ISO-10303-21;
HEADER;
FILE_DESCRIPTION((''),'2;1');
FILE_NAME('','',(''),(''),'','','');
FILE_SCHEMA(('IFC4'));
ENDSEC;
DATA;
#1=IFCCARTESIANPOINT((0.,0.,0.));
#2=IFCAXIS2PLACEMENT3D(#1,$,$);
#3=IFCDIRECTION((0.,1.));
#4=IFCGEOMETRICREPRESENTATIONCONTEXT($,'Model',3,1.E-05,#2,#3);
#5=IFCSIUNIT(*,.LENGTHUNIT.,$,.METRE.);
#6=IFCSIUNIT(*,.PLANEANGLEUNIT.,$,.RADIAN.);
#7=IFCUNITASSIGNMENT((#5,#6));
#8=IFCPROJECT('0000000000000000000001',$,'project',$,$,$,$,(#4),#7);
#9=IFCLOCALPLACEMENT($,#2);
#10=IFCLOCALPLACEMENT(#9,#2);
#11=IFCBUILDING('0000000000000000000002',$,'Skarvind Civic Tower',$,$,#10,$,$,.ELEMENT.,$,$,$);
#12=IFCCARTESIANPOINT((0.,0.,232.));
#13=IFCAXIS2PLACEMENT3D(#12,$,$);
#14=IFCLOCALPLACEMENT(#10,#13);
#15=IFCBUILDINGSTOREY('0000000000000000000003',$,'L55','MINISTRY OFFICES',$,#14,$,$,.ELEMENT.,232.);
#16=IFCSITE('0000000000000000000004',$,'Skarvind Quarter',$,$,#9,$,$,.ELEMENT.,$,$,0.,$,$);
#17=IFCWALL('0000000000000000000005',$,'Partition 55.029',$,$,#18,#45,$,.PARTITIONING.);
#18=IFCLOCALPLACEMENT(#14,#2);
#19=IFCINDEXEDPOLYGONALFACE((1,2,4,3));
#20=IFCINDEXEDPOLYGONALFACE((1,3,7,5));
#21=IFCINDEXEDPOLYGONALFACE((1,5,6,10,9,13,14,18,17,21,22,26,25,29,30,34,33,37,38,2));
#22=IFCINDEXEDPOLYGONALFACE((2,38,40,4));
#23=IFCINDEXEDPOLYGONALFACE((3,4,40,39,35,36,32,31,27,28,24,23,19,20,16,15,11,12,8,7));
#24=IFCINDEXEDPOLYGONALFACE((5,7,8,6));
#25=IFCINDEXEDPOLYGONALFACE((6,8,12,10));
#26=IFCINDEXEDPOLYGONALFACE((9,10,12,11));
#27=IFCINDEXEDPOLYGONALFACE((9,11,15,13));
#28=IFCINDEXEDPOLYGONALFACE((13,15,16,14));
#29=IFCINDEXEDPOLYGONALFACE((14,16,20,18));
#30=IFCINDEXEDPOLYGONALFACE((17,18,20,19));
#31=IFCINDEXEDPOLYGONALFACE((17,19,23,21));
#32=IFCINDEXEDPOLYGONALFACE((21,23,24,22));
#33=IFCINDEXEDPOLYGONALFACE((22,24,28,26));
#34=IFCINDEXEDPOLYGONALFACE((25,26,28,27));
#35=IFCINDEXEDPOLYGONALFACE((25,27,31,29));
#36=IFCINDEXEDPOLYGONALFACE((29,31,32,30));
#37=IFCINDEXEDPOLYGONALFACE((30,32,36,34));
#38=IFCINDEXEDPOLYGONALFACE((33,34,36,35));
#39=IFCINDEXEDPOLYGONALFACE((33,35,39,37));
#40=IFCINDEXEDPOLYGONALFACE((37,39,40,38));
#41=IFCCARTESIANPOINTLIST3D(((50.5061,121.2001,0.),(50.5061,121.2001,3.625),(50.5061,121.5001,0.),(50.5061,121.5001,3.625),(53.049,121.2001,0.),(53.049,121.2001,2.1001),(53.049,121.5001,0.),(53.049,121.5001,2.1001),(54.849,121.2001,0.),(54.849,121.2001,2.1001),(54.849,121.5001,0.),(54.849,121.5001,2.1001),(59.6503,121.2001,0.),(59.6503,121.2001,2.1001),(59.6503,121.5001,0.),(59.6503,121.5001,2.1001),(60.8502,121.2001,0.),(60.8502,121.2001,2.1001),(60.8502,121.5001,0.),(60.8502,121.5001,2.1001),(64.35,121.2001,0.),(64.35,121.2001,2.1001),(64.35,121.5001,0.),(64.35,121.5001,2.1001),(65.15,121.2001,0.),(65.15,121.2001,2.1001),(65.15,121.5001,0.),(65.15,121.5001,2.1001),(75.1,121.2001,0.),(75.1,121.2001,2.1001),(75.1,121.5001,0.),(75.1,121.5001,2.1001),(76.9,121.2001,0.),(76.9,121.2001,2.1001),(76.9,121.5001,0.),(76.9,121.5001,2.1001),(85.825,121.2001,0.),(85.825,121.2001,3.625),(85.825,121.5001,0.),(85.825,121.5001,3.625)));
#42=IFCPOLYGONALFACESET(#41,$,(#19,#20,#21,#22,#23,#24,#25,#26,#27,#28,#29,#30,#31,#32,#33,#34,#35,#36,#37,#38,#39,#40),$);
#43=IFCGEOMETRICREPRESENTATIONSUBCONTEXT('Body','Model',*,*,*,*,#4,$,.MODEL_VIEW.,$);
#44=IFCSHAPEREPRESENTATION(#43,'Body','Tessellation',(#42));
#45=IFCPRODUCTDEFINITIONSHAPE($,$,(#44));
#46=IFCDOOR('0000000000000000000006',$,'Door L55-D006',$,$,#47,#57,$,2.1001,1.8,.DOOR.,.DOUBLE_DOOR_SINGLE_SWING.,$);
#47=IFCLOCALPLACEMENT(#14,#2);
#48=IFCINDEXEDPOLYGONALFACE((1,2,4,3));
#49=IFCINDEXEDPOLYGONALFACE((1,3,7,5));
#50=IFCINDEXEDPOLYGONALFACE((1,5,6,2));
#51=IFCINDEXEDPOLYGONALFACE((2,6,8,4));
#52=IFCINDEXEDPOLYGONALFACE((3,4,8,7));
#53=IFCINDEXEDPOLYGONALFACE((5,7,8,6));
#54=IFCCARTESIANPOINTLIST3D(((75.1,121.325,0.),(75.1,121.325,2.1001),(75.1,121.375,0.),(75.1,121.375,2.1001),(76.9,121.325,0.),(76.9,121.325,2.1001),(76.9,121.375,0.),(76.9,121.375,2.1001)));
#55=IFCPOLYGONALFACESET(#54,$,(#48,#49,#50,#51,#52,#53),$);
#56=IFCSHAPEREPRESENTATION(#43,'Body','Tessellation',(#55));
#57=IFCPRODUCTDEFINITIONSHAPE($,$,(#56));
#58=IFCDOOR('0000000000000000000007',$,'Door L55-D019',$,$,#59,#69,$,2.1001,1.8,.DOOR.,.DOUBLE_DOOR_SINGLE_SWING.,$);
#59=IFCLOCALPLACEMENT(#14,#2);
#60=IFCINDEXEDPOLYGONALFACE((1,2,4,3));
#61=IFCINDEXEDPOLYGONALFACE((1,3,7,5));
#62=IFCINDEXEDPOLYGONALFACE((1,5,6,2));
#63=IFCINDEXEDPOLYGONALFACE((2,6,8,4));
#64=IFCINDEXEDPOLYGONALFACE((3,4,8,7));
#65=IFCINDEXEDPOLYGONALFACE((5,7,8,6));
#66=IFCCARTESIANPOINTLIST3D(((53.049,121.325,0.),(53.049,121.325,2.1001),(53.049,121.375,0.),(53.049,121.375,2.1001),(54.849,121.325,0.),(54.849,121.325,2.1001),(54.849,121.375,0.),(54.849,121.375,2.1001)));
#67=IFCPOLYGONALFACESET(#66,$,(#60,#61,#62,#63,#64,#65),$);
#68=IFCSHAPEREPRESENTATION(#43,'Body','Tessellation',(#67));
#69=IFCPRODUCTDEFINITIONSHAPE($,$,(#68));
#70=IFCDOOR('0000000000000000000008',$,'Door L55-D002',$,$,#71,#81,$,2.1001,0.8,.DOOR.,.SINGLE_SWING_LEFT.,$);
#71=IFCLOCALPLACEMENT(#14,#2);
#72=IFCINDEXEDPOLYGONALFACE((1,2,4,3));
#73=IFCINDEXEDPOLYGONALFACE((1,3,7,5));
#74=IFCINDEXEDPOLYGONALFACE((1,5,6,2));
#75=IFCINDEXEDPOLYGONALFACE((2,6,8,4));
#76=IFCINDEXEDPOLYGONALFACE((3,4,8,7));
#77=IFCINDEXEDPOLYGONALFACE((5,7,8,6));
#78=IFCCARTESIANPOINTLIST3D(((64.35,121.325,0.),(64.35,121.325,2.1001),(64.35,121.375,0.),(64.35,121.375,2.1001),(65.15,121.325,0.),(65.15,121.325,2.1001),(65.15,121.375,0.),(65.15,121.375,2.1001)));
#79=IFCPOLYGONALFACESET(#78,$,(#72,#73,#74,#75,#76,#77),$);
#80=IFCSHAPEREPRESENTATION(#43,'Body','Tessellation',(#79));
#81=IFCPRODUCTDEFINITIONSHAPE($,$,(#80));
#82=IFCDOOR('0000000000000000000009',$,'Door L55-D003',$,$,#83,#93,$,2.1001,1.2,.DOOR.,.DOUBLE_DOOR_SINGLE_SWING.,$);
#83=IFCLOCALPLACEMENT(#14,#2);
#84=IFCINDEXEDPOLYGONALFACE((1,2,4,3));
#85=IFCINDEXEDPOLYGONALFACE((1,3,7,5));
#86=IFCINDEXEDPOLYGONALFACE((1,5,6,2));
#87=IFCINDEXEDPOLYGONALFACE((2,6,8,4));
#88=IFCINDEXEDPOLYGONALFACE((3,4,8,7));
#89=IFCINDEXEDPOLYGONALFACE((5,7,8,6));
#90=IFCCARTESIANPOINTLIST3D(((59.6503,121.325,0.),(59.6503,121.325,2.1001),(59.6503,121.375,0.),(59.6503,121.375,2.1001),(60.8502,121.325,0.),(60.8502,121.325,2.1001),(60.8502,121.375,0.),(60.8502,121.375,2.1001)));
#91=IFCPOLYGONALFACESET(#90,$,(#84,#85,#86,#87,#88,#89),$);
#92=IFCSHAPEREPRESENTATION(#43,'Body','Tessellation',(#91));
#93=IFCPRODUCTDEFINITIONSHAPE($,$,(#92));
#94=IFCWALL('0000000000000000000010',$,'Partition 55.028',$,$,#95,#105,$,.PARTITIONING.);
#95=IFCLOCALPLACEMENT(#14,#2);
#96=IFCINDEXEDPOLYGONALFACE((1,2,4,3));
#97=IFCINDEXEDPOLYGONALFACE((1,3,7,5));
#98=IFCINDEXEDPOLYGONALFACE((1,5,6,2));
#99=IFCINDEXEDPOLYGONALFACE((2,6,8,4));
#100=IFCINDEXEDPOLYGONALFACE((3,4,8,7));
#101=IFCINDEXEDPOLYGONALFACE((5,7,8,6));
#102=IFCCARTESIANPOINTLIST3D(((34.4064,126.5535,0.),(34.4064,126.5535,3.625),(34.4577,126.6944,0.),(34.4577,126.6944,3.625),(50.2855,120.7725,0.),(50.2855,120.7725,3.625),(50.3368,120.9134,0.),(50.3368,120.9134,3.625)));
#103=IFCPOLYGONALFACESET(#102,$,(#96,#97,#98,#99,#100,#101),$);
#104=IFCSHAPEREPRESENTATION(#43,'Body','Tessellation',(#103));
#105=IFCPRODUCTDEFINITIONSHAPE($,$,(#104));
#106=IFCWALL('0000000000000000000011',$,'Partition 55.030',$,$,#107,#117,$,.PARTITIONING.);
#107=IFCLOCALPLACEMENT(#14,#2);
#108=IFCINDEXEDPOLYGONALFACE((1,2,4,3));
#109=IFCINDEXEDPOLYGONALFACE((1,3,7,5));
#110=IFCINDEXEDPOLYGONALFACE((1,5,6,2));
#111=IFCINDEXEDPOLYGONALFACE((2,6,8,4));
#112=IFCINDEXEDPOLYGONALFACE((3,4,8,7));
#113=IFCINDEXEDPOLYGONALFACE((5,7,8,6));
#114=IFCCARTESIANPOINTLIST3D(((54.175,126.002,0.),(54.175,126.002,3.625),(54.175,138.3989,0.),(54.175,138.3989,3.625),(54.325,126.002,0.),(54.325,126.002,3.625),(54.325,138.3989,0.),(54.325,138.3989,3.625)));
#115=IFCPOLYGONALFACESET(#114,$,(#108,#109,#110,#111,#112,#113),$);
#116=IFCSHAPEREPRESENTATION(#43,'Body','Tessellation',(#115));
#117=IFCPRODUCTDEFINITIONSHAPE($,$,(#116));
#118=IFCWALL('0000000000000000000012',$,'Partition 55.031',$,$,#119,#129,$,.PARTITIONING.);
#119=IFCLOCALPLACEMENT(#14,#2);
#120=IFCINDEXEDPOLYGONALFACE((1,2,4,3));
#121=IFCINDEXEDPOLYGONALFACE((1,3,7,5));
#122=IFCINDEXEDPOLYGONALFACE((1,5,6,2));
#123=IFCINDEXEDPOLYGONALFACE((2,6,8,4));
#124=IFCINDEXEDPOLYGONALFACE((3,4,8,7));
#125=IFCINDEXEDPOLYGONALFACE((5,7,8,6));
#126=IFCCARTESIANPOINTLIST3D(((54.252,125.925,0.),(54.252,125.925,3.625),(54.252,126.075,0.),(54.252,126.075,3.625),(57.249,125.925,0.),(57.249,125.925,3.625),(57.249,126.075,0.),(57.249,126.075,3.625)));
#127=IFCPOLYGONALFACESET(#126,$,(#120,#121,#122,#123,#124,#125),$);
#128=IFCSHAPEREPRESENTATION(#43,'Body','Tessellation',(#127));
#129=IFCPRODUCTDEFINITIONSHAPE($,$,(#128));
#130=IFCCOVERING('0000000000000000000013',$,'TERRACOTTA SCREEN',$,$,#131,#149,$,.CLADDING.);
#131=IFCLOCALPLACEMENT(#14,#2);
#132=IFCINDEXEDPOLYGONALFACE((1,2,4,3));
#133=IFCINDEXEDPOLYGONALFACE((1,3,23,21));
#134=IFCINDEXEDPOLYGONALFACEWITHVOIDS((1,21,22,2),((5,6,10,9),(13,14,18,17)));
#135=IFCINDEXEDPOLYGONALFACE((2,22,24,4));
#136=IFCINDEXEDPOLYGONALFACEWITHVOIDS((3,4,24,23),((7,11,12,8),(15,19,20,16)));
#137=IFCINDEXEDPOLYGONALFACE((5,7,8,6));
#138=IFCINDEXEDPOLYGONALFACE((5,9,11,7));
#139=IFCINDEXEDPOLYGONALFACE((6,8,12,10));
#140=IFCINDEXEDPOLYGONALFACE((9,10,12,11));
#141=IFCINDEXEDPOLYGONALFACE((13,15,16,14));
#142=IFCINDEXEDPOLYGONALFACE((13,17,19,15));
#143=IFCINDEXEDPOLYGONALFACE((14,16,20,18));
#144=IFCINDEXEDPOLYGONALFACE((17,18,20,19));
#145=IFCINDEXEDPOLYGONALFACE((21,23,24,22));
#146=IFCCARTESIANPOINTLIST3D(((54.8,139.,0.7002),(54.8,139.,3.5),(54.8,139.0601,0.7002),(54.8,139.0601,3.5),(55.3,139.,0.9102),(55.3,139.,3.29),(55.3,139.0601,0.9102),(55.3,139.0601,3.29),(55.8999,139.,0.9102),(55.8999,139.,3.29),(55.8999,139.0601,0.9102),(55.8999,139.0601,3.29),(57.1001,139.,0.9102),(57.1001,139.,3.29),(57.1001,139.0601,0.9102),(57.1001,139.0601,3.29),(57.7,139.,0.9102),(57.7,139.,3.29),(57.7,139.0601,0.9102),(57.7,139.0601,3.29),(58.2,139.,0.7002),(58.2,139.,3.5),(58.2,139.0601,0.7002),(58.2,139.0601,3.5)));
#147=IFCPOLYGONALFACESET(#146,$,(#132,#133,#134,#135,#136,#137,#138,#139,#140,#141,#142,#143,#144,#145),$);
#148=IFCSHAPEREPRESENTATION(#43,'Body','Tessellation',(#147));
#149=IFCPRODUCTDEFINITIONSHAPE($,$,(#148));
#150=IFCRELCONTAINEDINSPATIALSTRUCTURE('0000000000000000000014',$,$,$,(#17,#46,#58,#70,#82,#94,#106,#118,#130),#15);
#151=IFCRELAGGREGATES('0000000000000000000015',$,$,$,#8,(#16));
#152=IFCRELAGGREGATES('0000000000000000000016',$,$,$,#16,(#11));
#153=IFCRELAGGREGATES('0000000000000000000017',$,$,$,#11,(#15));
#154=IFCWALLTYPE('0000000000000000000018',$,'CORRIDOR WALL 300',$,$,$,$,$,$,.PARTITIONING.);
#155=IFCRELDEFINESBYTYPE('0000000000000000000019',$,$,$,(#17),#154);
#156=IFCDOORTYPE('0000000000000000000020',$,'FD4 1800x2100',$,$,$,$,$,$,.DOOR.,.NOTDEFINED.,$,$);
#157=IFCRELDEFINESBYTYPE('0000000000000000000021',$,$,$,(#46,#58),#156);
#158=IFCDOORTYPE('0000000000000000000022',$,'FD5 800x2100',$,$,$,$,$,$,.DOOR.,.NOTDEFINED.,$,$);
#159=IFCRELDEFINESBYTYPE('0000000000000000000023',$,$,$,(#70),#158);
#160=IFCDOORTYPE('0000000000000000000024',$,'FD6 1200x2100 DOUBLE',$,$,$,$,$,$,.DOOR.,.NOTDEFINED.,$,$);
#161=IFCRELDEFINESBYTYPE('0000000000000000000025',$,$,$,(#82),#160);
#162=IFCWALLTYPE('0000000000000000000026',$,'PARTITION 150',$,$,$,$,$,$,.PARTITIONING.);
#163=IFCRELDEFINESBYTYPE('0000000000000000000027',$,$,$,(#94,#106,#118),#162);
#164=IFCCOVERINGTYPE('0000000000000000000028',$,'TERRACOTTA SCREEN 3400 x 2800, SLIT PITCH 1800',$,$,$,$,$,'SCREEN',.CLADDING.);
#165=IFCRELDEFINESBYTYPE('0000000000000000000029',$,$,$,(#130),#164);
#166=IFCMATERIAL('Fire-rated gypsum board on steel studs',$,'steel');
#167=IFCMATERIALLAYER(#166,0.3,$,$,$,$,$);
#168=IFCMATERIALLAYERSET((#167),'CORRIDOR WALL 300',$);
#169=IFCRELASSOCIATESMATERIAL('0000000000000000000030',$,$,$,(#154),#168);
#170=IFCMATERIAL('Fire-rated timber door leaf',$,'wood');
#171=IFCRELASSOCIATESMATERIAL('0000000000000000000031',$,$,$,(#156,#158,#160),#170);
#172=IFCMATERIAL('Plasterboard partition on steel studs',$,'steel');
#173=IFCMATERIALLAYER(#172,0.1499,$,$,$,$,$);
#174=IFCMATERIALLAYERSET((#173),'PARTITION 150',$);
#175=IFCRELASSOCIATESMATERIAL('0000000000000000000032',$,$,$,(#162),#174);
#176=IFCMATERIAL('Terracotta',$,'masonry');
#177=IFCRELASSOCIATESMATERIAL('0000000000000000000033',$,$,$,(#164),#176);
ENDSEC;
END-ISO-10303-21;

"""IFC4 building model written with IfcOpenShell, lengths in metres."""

from ifc_helpers import new_model, si_unit, direction, frame, frame_2d, origin, place, context, subcontext, project, spatial, polyline, rectangle, outline, extrude, material, layer, layer_set, material_profile, profile_set, type_object, element, fill, save


model = new_model("IFC4")

# Units and contexts
model_context = context("Model", 3, precision=1e-05, world=origin(), true_north=direction((0.0, 1.0)))
body_context = subcontext(model_context, "Body", "Model", "MODEL_VIEW")
ifc_project = project(units=[si_unit("LENGTHUNIT", "METRE"), si_unit("PLANEANGLEUNIT", "RADIAN")], contexts=[model_context])

# Site, building, storey
site_placement = place(None, origin())
site = spatial("IfcSite", under=ifc_project, at=site_placement, Name="Skarvind Quarter", CompositionType="ELEMENT", RefElevation=0.0)
building_placement = place(site_placement, origin())
building = spatial("IfcBuilding", under=site, at=building_placement, Name="Skarvind Civic Tower", CompositionType="ELEMENT")
storey_placement = place(building_placement, frame((0.0, 0.0, 232.0)))
storey = spatial("IfcBuildingStorey", under=building, at=storey_placement, Name="L55", Description="MINISTRY OFFICES", CompositionType="ELEMENT", Elevation=232.0)

# Wall, openings, doors
ifc_material_1 = material(Name="Fire-rated gypsum board on steel studs", Category="steel")
ifc_layer_1 = layer(ifc_material_1, 0.3)
ifc_layer_set_1 = layer_set([ifc_layer_1], Name="CORRIDOR WALL 300")
wall_type_1 = type_object("IfcWallType", Name="CORRIDOR WALL 300", PredefinedType="PARTITIONING", material=ifc_layer_set_1)
wall_1_placement = place(storey_placement, frame((50.5061, 121.3501, 0.0), z_axis=(0.0, 0.0, 1.0), x_axis=(1.0, 0.0, 0.0)))
wall_1 = element("IfcWall", 1, at=wall_1_placement, inside=storey, type_object=wall_type_1, Name="Partition 55.029", PredefinedType="PARTITIONING", context=body_context, shape_type="SweptSolid", body=[
    extrude(rectangle(XDim=35.3188, YDim=0.3, at=frame_2d((17.6594, 0.0))), origin(), (0.0, 0.0, 1.0), 3.625),
])
opening_1_placement = place(wall_1_placement, frame((13.844, 0.0, 0.0)))
opening_1 = element("IfcOpeningElement", 2, at=opening_1_placement, cuts=wall_1, PredefinedType="OPENING", context=body_context, shape_type="SweptSolid", body=[
    extrude(rectangle(XDim=0.8, YDim=2.1001, at=frame_2d((0.3999, 1.05))), frame((0.0, 0.1599, 0.0), z_axis=(0.0, -1.0, 0.0), x_axis=(1.0, 0.0, 0.0)), (0.0, 0.0, 1.0), 0.3201),
])
opening_2_placement = place(wall_1_placement, frame((9.144, 0.0, 0.0)))
opening_2 = element("IfcOpeningElement", 3, at=opening_2_placement, cuts=wall_1, PredefinedType="OPENING", context=body_context, shape_type="SweptSolid", body=[
    extrude(rectangle(XDim=1.2, YDim=2.1001, at=frame_2d((0.6001, 1.05))), frame((0.0, 0.1599, 0.0), z_axis=(0.0, -1.0, 0.0), x_axis=(1.0, 0.0, 0.0)), (0.0, 0.0, 1.0), 0.3201),
])
opening_3_placement = place(wall_1_placement, frame((24.594, 0.0, 0.0)))
opening_3 = element("IfcOpeningElement", 4, at=opening_3_placement, cuts=wall_1, PredefinedType="OPENING", context=body_context, shape_type="SweptSolid", body=[
    extrude(rectangle(XDim=1.8, YDim=2.1001, at=frame_2d((0.8999, 1.05))), frame((0.0, 0.1599, 0.0), z_axis=(0.0, -1.0, 0.0), x_axis=(1.0, 0.0, 0.0)), (0.0, 0.0, 1.0), 0.3201),
])
opening_4_placement = place(wall_1_placement, frame((2.543, 0.0, 0.0)))
opening_4 = element("IfcOpeningElement", 5, at=opening_4_placement, cuts=wall_1, PredefinedType="OPENING", context=body_context, shape_type="SweptSolid", body=[
    extrude(rectangle(XDim=1.8, YDim=2.1001, at=frame_2d((0.8999, 1.05))), frame((0.0, 0.1599, 0.0), z_axis=(0.0, -1.0, 0.0), x_axis=(1.0, 0.0, 0.0)), (0.0, 0.0, 1.0), 0.3201),
])
ifc_material_2 = material(Name="Fire-rated timber door leaf", Category="wood")
door_type_1 = type_object("IfcDoorType", Name="FD4 1800x2100", OperationType="NOTDEFINED", PredefinedType="DOOR", material=ifc_material_2)
door_1_placement = place(opening_3_placement, origin())
door_1 = element("IfcDoor", 6, at=door_1_placement, inside=storey, type_object=door_type_1, Name="Door L55-D006", OperationType="DOUBLE_DOOR_SINGLE_SWING", OverallHeight=2.1001, OverallWidth=1.8, PredefinedType="DOOR", context=body_context, shape_type="SweptSolid", body=[
    extrude(rectangle(XDim=1.8, YDim=2.1001, at=frame_2d((0.8999, 1.05))), frame((0.0, 0.0249, 0.0), z_axis=(0.0, -1.0, 0.0), x_axis=(1.0, 0.0, 0.0)), (0.0, 0.0, 1.0), 0.05),
])
fill(opening_3, door_1)
door_2_placement = place(opening_4_placement, origin())
door_2 = element("IfcDoor", 7, at=door_2_placement, inside=storey, type_object=door_type_1, Name="Door L55-D019", OperationType="DOUBLE_DOOR_SINGLE_SWING", OverallHeight=2.1001, OverallWidth=1.8, PredefinedType="DOOR", context=body_context, shape_type="SweptSolid", body=[
    extrude(rectangle(XDim=1.8, YDim=2.1001, at=frame_2d((0.8999, 1.05))), frame((0.0, 0.0249, 0.0), z_axis=(0.0, -1.0, 0.0), x_axis=(1.0, 0.0, 0.0)), (0.0, 0.0, 1.0), 0.05),
])
fill(opening_4, door_2)
door_type_2 = type_object("IfcDoorType", Name="FD5 800x2100", OperationType="NOTDEFINED", PredefinedType="DOOR", material=ifc_material_2)
door_3_placement = place(opening_1_placement, origin())
door_3 = element("IfcDoor", 8, at=door_3_placement, inside=storey, type_object=door_type_2, Name="Door L55-D002", OperationType="SINGLE_SWING_LEFT", OverallHeight=2.1001, OverallWidth=0.8, PredefinedType="DOOR", context=body_context, shape_type="SweptSolid", body=[
    extrude(rectangle(XDim=0.8, YDim=2.1001, at=frame_2d((0.3999, 1.05))), frame((0.0, 0.0249, 0.0), z_axis=(0.0, -1.0, 0.0), x_axis=(1.0, 0.0, 0.0)), (0.0, 0.0, 1.0), 0.05),
])
fill(opening_1, door_3)
door_type_3 = type_object("IfcDoorType", Name="FD6 1200x2100 DOUBLE", OperationType="NOTDEFINED", PredefinedType="DOOR", material=ifc_material_2)
door_4_placement = place(opening_2_placement, origin())
door_4 = element("IfcDoor", 9, at=door_4_placement, inside=storey, type_object=door_type_3, Name="Door L55-D003", OperationType="DOUBLE_DOOR_SINGLE_SWING", OverallHeight=2.1001, OverallWidth=1.2, PredefinedType="DOOR", context=body_context, shape_type="SweptSolid", body=[
    extrude(rectangle(XDim=1.2, YDim=2.1001, at=frame_2d((0.6001, 1.05))), frame((0.0, 0.0249, 0.0), z_axis=(0.0, -1.0, 0.0), x_axis=(1.0, 0.0, 0.0)), (0.0, 0.0, 1.0), 0.05),
])
fill(opening_2, door_4)

# Walls
ifc_material_3 = material(Name="Plasterboard partition on steel studs", Category="steel")
ifc_layer_2 = layer(ifc_material_3, 0.1499)
ifc_layer_set_2 = layer_set([ifc_layer_2], Name="PARTITION 150")
wall_type_2 = type_object("IfcWallType", Name="PARTITION 150", PredefinedType="PARTITIONING", material=ifc_layer_set_2)
wall_2_placement = place(storey_placement, frame((50.311, 120.843, 0.0), z_axis=(0.0, 0.0, 1.0), x_axis=(-0.939665, 0.342097, 0.0)))
element("IfcWall", 10, at=wall_2_placement, inside=storey, type_object=wall_type_2, Name="Partition 55.028", PredefinedType="PARTITIONING", context=body_context, shape_type="SweptSolid", body=[
    extrude(rectangle(XDim=16.8987, YDim=0.1499, at=frame_2d((8.4492, 0.0))), origin(), (0.0, 0.0, 1.0), 3.625),
])
wall_3_placement = place(storey_placement, frame((54.25, 138.3989, 0.0), z_axis=(0.0, 0.0, 1.0), x_axis=(0.0, -1.0, 0.0)))
element("IfcWall", 11, at=wall_3_placement, inside=storey, type_object=wall_type_2, Name="Partition 55.030", PredefinedType="PARTITIONING", context=body_context, shape_type="SweptSolid", body=[
    extrude(rectangle(XDim=12.397, YDim=0.1499, at=frame_2d((6.1985, 0.0))), origin(), (0.0, 0.0, 1.0), 3.625),
])
wall_4_placement = place(storey_placement, frame((54.252, 126.0, 0.0), z_axis=(0.0, 0.0, 1.0), x_axis=(1.0, 0.0, 0.0)))
element("IfcWall", 12, at=wall_4_placement, inside=storey, type_object=wall_type_2, Name="Partition 55.031", PredefinedType="PARTITIONING", context=body_context, shape_type="SweptSolid", body=[
    extrude(rectangle(XDim=2.9971, YDim=0.1499, at=frame_2d((1.4985, 0.0))), origin(), (0.0, 0.0, 1.0), 3.625),
])

# Covering
ifc_material_4 = material(Name="Terracotta", Category="masonry")
ifc_material_profile_1 = material_profile(ifc_material_4, outline(polyline([(-1.7, -1.3999), (1.7, -1.3999), (1.7, 1.3999), (-1.7, 1.3999), (-1.7, -1.3999)]), holes=[polyline([(-1.2, -1.1899), (-0.6001, -1.1899), (-0.6001, 1.1899), (-1.2, 1.1899), (-1.2, -1.1899)]), polyline([(0.6001, -1.1899), (1.2, -1.1899), (1.2, 1.1899), (0.6001, 1.1899), (0.6001, -1.1899)])]), Name="TERRACOTTA SCREEN 3400 x 2800, SLIT PITCH 1800")
ifc_profile_set_1 = profile_set([ifc_material_profile_1], Name="Terracotta")
covering_type = type_object("IfcCoveringType", Name="TERRACOTTA SCREEN 3400 x 2800, SLIT PITCH 1800", ElementType="SCREEN", PredefinedType="CLADDING", material=ifc_profile_set_1)
covering_placement = place(storey_placement, frame((56.5, 139.0, 2.1001), z_axis=(0.0, 1.0, 0.0), x_axis=(-1.0, 0.0, 0.0)))
element("IfcCovering", 13, at=covering_placement, inside=storey, type_object=covering_type, Name="TERRACOTTA SCREEN", PredefinedType="CLADDING", context=body_context, shape_type="SweptSolid", body=[
    extrude(outline(polyline([(-1.7, -1.3999), (1.7, -1.3999), (1.7, 1.3999), (-1.7, 1.3999), (-1.7, -1.3999)]), holes=[polyline([(-1.2, -1.1899), (-0.6001, -1.1899), (-0.6001, 1.1899), (-1.2, 1.1899), (-1.2, -1.1899)]), polyline([(0.6001, -1.1899), (1.2, -1.1899), (1.2, 1.1899), (0.6001, 1.1899), (0.6001, -1.1899)])]), origin(), (0.0, 0.0, 1.0), 0.0601),
])

save(model, "model.ifc")
